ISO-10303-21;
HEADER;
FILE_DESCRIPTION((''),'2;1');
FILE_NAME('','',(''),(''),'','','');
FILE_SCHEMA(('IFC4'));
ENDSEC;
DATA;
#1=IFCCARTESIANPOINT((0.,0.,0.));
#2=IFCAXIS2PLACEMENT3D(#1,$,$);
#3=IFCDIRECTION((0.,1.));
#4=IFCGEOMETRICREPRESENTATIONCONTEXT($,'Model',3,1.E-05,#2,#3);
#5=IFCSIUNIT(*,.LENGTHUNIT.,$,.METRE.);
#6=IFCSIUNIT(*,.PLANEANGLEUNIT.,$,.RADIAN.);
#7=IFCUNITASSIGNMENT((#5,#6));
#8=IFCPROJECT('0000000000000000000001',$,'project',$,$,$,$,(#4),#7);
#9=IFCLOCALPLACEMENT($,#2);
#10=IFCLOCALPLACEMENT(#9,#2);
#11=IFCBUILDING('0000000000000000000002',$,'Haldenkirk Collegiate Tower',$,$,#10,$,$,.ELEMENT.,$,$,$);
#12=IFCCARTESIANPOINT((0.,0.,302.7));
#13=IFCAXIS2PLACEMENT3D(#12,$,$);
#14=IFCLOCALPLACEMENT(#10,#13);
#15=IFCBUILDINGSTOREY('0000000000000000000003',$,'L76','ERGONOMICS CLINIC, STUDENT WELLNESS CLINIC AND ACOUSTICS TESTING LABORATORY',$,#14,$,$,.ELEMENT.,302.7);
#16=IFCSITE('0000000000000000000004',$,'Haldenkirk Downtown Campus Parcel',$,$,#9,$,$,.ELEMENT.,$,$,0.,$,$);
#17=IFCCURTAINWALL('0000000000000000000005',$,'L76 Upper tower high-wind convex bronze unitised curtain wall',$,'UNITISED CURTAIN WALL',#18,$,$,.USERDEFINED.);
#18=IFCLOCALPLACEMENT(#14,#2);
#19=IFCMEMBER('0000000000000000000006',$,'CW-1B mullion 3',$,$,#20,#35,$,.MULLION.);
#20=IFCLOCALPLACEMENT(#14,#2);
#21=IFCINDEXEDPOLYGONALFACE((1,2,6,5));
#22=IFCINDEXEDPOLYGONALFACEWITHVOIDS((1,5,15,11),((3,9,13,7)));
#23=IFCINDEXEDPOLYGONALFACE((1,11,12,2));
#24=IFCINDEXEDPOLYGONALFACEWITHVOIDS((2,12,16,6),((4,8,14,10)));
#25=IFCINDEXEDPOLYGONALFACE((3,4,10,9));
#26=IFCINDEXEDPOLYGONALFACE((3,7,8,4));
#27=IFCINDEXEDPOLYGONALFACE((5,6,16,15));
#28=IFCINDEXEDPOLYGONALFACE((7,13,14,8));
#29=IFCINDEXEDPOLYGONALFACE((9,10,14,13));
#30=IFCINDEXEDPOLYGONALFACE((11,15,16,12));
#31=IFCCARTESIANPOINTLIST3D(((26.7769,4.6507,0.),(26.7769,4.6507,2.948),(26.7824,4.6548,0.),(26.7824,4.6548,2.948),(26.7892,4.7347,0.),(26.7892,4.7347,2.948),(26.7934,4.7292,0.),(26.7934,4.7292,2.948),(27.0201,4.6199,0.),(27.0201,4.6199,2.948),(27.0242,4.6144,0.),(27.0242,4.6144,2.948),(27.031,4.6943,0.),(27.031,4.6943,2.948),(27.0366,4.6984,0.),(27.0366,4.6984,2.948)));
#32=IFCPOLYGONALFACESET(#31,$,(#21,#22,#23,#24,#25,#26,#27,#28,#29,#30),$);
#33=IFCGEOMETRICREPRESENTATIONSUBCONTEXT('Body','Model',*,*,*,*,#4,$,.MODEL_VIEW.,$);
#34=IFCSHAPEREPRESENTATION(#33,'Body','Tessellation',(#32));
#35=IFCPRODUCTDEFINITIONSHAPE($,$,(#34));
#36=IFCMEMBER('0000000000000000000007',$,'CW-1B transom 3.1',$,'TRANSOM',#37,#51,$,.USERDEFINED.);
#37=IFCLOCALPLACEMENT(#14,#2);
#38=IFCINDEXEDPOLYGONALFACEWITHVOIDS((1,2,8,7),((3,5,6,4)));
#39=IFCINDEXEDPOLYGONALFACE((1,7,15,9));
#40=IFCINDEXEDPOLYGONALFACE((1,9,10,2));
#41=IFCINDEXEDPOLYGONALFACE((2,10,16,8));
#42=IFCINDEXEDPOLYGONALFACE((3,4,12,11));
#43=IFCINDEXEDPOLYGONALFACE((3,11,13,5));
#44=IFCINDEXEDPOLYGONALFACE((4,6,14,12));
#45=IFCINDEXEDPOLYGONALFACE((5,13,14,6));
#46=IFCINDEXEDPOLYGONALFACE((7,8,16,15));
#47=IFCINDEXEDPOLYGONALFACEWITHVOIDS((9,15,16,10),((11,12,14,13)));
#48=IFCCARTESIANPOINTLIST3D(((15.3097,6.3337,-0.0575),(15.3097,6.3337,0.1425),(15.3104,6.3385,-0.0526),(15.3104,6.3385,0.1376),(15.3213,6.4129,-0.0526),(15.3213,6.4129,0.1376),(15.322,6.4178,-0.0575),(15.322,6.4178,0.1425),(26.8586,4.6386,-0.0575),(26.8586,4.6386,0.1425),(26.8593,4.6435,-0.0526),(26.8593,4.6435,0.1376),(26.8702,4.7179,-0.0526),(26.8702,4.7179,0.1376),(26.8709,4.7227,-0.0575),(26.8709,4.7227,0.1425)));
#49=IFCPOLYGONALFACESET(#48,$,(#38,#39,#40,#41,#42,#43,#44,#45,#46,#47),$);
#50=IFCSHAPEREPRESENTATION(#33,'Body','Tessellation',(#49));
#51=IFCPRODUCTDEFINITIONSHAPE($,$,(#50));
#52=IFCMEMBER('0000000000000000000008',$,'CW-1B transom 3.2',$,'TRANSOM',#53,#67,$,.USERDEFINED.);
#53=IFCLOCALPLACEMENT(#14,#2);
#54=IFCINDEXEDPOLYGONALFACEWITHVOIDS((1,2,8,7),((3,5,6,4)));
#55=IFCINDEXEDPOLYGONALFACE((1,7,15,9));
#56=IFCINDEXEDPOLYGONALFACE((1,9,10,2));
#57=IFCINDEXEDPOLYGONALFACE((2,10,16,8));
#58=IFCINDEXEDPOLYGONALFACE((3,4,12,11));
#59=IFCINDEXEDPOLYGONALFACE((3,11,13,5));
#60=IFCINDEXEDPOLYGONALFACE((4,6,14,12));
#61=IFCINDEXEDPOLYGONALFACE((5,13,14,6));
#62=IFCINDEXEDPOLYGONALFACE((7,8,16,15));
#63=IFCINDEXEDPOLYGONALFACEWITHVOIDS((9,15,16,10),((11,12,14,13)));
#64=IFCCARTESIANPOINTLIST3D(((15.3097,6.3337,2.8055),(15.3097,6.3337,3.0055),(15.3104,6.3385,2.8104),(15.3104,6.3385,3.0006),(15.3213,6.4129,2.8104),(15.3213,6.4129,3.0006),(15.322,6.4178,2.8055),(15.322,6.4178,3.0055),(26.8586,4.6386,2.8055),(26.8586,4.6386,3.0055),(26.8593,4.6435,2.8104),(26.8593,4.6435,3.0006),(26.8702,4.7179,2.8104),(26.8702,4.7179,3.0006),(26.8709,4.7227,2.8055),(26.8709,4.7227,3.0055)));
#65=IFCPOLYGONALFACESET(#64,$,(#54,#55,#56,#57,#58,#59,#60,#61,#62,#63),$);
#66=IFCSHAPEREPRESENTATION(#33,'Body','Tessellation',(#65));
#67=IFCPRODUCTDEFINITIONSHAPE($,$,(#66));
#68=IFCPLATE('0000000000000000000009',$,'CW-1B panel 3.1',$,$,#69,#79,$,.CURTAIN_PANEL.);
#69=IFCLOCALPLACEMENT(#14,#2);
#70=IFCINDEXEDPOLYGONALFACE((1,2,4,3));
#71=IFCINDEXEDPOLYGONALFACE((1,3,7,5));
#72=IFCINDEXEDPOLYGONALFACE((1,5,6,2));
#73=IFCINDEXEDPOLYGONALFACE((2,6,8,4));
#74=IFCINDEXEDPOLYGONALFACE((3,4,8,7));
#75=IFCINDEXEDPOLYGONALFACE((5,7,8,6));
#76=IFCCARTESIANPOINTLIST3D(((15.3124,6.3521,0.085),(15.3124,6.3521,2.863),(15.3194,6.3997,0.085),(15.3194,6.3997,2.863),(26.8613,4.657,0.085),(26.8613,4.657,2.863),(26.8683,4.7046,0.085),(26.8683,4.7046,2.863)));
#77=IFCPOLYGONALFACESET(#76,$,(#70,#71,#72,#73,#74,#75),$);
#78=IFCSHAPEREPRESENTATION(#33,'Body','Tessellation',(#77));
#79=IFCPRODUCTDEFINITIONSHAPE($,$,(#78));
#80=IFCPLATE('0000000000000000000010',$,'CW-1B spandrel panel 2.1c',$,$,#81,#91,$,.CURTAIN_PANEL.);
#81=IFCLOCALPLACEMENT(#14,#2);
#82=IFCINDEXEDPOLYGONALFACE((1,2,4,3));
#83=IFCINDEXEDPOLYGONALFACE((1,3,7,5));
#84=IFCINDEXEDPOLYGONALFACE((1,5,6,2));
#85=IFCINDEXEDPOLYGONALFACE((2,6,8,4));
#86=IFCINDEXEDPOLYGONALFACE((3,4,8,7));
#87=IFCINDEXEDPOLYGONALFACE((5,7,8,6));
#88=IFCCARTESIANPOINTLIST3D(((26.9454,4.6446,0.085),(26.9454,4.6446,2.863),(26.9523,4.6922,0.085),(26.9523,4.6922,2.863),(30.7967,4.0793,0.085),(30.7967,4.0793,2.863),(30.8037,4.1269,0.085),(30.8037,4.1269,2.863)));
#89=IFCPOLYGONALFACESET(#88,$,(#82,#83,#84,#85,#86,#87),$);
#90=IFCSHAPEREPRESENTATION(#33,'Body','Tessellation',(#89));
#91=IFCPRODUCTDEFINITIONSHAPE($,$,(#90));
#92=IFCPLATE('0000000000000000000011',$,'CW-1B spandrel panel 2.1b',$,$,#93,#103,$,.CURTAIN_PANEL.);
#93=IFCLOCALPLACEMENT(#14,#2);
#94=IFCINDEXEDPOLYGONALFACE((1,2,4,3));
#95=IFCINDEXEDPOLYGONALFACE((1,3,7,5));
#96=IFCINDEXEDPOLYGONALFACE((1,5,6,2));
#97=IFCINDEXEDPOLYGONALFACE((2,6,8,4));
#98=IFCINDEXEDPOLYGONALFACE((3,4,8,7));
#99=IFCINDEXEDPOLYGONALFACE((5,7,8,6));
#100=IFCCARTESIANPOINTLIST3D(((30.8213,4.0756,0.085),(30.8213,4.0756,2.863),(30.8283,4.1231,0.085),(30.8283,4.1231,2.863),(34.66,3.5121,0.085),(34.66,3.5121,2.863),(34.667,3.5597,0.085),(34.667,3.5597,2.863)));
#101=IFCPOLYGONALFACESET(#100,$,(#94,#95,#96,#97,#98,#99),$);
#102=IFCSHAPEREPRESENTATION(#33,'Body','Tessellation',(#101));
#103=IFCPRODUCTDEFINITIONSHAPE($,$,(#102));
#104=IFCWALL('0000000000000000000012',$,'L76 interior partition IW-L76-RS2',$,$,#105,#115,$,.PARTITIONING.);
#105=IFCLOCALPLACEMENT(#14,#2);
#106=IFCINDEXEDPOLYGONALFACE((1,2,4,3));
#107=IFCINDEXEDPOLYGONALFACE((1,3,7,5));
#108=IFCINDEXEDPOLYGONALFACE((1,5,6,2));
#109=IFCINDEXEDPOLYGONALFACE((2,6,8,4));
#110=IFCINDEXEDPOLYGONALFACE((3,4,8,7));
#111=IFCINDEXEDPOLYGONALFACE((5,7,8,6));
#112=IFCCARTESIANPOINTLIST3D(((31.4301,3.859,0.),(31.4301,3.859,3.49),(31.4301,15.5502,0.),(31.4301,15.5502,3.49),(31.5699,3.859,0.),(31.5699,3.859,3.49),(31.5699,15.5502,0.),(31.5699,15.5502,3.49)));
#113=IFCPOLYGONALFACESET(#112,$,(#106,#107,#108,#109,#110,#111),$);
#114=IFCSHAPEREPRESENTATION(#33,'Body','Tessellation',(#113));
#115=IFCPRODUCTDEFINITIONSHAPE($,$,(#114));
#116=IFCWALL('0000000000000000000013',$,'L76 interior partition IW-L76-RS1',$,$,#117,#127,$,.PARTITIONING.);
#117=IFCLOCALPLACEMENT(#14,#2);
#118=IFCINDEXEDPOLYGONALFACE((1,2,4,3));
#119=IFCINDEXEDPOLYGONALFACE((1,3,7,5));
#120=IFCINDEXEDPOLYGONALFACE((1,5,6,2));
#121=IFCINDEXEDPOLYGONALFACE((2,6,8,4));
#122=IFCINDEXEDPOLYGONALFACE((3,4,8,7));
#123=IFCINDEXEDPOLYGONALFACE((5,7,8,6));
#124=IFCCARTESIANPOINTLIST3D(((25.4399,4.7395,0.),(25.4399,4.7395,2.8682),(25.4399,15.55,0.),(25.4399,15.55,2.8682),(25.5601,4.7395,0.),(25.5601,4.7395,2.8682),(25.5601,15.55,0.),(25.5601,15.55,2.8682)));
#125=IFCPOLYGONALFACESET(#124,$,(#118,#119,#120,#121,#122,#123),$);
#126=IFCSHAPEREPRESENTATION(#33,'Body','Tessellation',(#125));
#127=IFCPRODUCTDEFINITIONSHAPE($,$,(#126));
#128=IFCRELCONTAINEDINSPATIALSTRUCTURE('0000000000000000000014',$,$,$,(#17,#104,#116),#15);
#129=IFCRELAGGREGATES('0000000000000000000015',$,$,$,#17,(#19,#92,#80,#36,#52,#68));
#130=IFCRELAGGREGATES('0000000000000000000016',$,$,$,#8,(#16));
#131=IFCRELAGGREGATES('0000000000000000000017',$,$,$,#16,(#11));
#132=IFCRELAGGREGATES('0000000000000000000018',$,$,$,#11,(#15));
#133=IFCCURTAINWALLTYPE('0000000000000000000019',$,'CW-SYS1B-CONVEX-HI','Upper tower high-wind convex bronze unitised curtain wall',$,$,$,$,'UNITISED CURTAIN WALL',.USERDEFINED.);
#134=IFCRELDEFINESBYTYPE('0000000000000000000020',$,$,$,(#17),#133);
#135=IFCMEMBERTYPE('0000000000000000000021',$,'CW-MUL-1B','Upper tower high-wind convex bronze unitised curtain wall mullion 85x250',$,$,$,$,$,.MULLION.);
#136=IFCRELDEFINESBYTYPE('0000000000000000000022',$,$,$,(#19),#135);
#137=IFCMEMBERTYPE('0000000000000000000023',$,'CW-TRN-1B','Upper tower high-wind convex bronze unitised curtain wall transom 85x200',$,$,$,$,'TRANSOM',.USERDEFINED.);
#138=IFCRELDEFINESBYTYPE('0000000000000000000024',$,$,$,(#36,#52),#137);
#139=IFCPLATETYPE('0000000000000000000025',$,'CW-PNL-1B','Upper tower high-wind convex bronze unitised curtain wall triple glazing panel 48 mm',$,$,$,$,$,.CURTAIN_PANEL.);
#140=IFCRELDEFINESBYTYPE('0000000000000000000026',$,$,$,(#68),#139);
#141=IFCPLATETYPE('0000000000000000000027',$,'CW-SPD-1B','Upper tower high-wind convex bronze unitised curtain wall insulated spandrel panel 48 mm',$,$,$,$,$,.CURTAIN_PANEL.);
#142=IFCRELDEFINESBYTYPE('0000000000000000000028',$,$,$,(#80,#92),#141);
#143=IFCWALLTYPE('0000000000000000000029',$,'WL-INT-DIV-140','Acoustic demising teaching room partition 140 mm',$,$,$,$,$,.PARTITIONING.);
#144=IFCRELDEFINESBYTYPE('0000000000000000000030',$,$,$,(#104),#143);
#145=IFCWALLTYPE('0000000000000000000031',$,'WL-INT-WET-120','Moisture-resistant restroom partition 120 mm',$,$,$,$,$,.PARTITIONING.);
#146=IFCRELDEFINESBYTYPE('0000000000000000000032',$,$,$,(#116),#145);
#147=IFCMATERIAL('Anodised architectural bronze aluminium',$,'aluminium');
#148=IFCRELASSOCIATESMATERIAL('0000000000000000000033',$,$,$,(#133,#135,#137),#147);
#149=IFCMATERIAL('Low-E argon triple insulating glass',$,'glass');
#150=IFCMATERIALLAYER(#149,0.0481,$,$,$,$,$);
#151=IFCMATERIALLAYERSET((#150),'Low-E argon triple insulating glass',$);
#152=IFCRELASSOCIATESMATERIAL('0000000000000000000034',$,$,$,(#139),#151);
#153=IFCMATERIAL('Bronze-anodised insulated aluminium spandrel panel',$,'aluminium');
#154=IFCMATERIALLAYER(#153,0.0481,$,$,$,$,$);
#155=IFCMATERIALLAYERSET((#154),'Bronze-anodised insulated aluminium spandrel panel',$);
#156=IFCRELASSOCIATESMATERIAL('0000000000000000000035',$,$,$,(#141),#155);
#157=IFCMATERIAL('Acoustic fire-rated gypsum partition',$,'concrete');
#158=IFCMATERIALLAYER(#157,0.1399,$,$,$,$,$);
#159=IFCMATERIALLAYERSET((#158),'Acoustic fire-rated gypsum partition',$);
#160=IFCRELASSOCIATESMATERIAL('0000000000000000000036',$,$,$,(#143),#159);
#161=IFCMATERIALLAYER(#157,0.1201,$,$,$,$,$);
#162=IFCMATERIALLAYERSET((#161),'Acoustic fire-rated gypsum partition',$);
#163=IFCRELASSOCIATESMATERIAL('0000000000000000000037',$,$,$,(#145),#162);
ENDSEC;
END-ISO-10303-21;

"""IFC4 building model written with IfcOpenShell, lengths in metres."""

from ifc_helpers import new_model, si_unit, direction, frame, frame_2d, origin, origin_2d, place, context, subcontext, project, spatial, rectangle, hollow_rectangle, extrude, source, transform, mapped, material, layer, layer_set, material_profile, profile_set, type_object, element, aggregate, save


model = new_model("IFC4")

# Units and contexts
model_context = context("Model", 3, precision=1e-05, world=origin(), true_north=direction((0.0, 1.0)))
body_context = subcontext(model_context, "Body", "Model", "MODEL_VIEW")
ifc_project = project(units=[si_unit("LENGTHUNIT", "METRE"), si_unit("PLANEANGLEUNIT", "RADIAN")], contexts=[model_context])

# Site, building, storey
site_placement = place(None, origin())
site = spatial("IfcSite", under=ifc_project, at=site_placement, Name="Haldenkirk Downtown Campus Parcel", CompositionType="ELEMENT", RefElevation=0.0)
building_placement = place(site_placement, origin())
building = spatial("IfcBuilding", under=site, at=building_placement, Name="Haldenkirk Collegiate Tower", CompositionType="ELEMENT")
storey_placement = place(building_placement, frame((0.0, 0.0, 302.7)))
storey = spatial("IfcBuildingStorey", under=building, at=storey_placement, Name="L76", Description="ERGONOMICS CLINIC, STUDENT WELLNESS CLINIC AND ACOUSTICS TESTING LABORATORY", CompositionType="ELEMENT", Elevation=302.7)

# Curtain wall, members, plates
ifc_material_1 = material(Name="Anodised architectural bronze aluminium", Category="aluminium")
curtain_wall_type = type_object("IfcCurtainWallType", Name="CW-SYS1B-CONVEX-HI", Description="Upper tower high-wind convex bronze unitised curtain wall", ElementType="UNITISED CURTAIN WALL", PredefinedType="USERDEFINED", material=ifc_material_1)
curtain_wall_placement = place(storey_placement, origin())
curtain_wall = element("IfcCurtainWall", 1, at=curtain_wall_placement, inside=storey, type_object=curtain_wall_type, Name="L76 Upper tower high-wind convex bronze unitised curtain wall", ObjectType="UNITISED CURTAIN WALL", PredefinedType="USERDEFINED")
ifc_material_profile_1 = material_profile(ifc_material_1, hollow_rectangle(XDim=0.085, YDim=0.25, WallThickness=0.0049, at=origin_2d()), Name="CW-MUL-1B")
ifc_profile_set_1 = profile_set([ifc_material_profile_1], Name="Anodised architectural bronze aluminium")
member_type_1 = type_object("IfcMemberType", Name="CW-MUL-1B", Description="Upper tower high-wind convex bronze unitised curtain wall mullion 85x250", PredefinedType="MULLION", material=ifc_profile_set_1)
member_1_placement = place(storey_placement, frame((26.9067, 4.6746, 0.0), z_axis=(0.0, 0.0, 1.0), x_axis=(-0.14522, -0.989399, 0.0)))
member_1 = element("IfcMember", 2, at=member_1_placement, type_object=member_type_1, Name="CW-1B mullion 3", PredefinedType="MULLION", context=body_context, shape_type="SweptSolid", body=[
    extrude(hollow_rectangle(XDim=0.085, YDim=0.25, WallThickness=0.0049, at=origin_2d()), origin(), (0.0, 0.0, 1.0), 2.948),
])
ifc_material_profile_2 = material_profile(ifc_material_1, hollow_rectangle(XDim=0.085, YDim=0.2, WallThickness=0.0049, at=origin_2d()), Name="CW-TRN-1B")
ifc_profile_set_2 = profile_set([ifc_material_profile_2], Name="Anodised architectural bronze aluminium")
member_type_2 = type_object("IfcMemberType", Name="CW-TRN-1B", Description="Upper tower high-wind convex bronze unitised curtain wall transom 85x200", ElementType="TRANSOM", PredefinedType="USERDEFINED", material=ifc_profile_set_2)
member_2_placement = place(storey_placement, frame((26.8647, 4.6807, 0.0425), z_axis=(-0.9894, 0.145218, 0.0), x_axis=(-0.145218, -0.9894, 0.0)))
member_2 = element("IfcMember", 3, at=member_2_placement, type_object=member_type_2, Name="CW-1B transom 3.1", ObjectType="TRANSOM", PredefinedType="USERDEFINED", context=body_context, shape_type="SweptSolid", body=[
    extrude(hollow_rectangle(XDim=0.085, YDim=0.2, WallThickness=0.0049, at=origin_2d()), origin(), (0.0, 0.0, 1.0), 11.6726),
])
member_3_placement = place(storey_placement, frame((26.8647, 4.6807, 2.9055), z_axis=(-0.9894, 0.145218, 0.0), x_axis=(-0.145218, -0.9894, 0.0)))
member_3 = element("IfcMember", 4, at=member_3_placement, type_object=member_type_2, Name="CW-1B transom 3.2", ObjectType="TRANSOM", PredefinedType="USERDEFINED", context=body_context, shape_type="SweptSolid", body=[
    extrude(hollow_rectangle(XDim=0.085, YDim=0.2, WallThickness=0.0049, at=origin_2d()), origin(), (0.0, 0.0, 1.0), 11.6726),
])
ifc_material_2 = material(Name="Low-E argon triple insulating glass", Category="glass")
ifc_layer_1 = layer(ifc_material_2, 0.0481)
ifc_layer_set_1 = layer_set([ifc_layer_1], Name="Low-E argon triple insulating glass")
plate_type_1 = type_object("IfcPlateType", Name="CW-PNL-1B", Description="Upper tower high-wind convex bronze unitised curtain wall triple glazing panel 48 mm", PredefinedType="CURTAIN_PANEL", material=ifc_layer_set_1)
shared_shape_1 = source(origin(), body_context, "Body", "SweptSolid", [
    extrude(rectangle(XDim=11.6726, YDim=0.0481, at=origin_2d()), origin(), (0.0, 0.0, 1.0), 2.7781),
])
plate_1_placement = place(storey_placement, frame((21.0903, 5.5283, 0.085), z_axis=(0.0, 0.0, 1.0), x_axis=(-0.989399, 0.14522, 0.0)))
plate_1 = element("IfcPlate", 5, at=plate_1_placement, type_object=plate_type_1, Name="CW-1B panel 3.1", PredefinedType="CURTAIN_PANEL", context=body_context, shape_type="MappedRepresentation", body=[
    mapped(shared_shape_1, transform((0.0, 0.0, 0.0), x_axis=(1.0, 0.0, 0.0), y_axis=(0.0, 1.0, 0.0), z_axis=(0.0, 0.0, 1.0), scale=1.0)),
])
ifc_material_3 = material(Name="Bronze-anodised insulated aluminium spandrel panel", Category="aluminium")
ifc_layer_2 = layer(ifc_material_3, 0.0481)
ifc_layer_set_2 = layer_set([ifc_layer_2], Name="Bronze-anodised insulated aluminium spandrel panel")
plate_type_2 = type_object("IfcPlateType", Name="CW-SPD-1B", Description="Upper tower high-wind convex bronze unitised curtain wall insulated spandrel panel 48 mm", PredefinedType="CURTAIN_PANEL", material=ifc_layer_set_2)
shared_shape_2 = source(origin(), body_context, "Body", "SweptSolid", [
    extrude(rectangle(XDim=3.8926, YDim=0.0481, at=origin_2d()), origin(), (0.0, 0.0, 1.0), 2.7781),
])
plate_2_placement = place(storey_placement, frame((28.8745, 4.3857, 0.085), z_axis=(0.0, 0.0, 1.0), x_axis=(-0.989399, 0.14522, 0.0)))
plate_2 = element("IfcPlate", 6, at=plate_2_placement, type_object=plate_type_2, Name="CW-1B spandrel panel 2.1c", PredefinedType="CURTAIN_PANEL", context=body_context, shape_type="MappedRepresentation", body=[
    mapped(shared_shape_2, transform((0.0, 0.0, 0.0), x_axis=(1.0, 0.0, 0.0), y_axis=(0.0, 1.0, 0.0), z_axis=(0.0, 0.0, 1.0), scale=1.0)),
])
shared_shape_3 = source(origin(), body_context, "Body", "SweptSolid", [
    extrude(rectangle(XDim=3.8799, YDim=0.0481, at=origin_2d()), origin(), (0.0, 0.0, 1.0), 2.7781),
])
plate_3_placement = place(storey_placement, frame((32.7441, 3.8176, 0.085), z_axis=(0.0, 0.0, 1.0), x_axis=(-0.989399, 0.14522, 0.0)))
plate_3 = element("IfcPlate", 7, at=plate_3_placement, type_object=plate_type_2, Name="CW-1B spandrel panel 2.1b", PredefinedType="CURTAIN_PANEL", context=body_context, shape_type="MappedRepresentation", body=[
    mapped(shared_shape_3, transform((0.0, 0.0, 0.0), x_axis=(1.0, 0.0, 0.0), y_axis=(0.0, 1.0, 0.0), z_axis=(0.0, 0.0, 1.0), scale=1.0)),
])
aggregate(curtain_wall, [member_1, plate_3, plate_2, member_2, member_3, plate_1])

# Walls
ifc_material_4 = material(Name="Acoustic fire-rated gypsum partition", Category="concrete")
ifc_layer_3 = layer(ifc_material_4, 0.1399)
ifc_layer_set_3 = layer_set([ifc_layer_3], Name="Acoustic fire-rated gypsum partition")
wall_type_1 = type_object("IfcWallType", Name="WL-INT-DIV-140", Description="Acoustic demising teaching room partition 140 mm", PredefinedType="PARTITIONING", material=ifc_layer_set_3)
wall_1_placement = place(storey_placement, frame((31.5, 3.8589, 0.0), z_axis=(0.0, 0.0, 1.0), x_axis=(0.0, 1.0, 0.0)))
element("IfcWall", 8, at=wall_1_placement, inside=storey, type_object=wall_type_1, Name="L76 interior partition IW-L76-RS2", PredefinedType="PARTITIONING", context=body_context, shape_type="SweptSolid", body=[
    extrude(rectangle(XDim=11.6912, YDim=0.1399, at=frame_2d((5.8457, 0.0))), origin(), (0.0, 0.0, 1.0), 3.49),
])
ifc_layer_4 = layer(ifc_material_4, 0.1201)
ifc_layer_set_4 = layer_set([ifc_layer_4], Name="Acoustic fire-rated gypsum partition")
wall_type_2 = type_object("IfcWallType", Name="WL-INT-WET-120", Description="Moisture-resistant restroom partition 120 mm", PredefinedType="PARTITIONING", material=ifc_layer_set_4)
wall_2_placement = place(storey_placement, frame((25.5, 4.7395, 0.0), z_axis=(0.0, 0.0, 1.0), x_axis=(0.0, 1.0, 0.0)))
element("IfcWall", 9, at=wall_2_placement, inside=storey, type_object=wall_type_2, Name="L76 interior partition IW-L76-RS1", PredefinedType="PARTITIONING", context=body_context, shape_type="SweptSolid", body=[
    extrude(rectangle(XDim=10.8105, YDim=0.1201, at=frame_2d((5.4053, 0.0))), origin(), (0.0, 0.0, 1.0), 2.8682),
])

save(model, "model.ifc")
